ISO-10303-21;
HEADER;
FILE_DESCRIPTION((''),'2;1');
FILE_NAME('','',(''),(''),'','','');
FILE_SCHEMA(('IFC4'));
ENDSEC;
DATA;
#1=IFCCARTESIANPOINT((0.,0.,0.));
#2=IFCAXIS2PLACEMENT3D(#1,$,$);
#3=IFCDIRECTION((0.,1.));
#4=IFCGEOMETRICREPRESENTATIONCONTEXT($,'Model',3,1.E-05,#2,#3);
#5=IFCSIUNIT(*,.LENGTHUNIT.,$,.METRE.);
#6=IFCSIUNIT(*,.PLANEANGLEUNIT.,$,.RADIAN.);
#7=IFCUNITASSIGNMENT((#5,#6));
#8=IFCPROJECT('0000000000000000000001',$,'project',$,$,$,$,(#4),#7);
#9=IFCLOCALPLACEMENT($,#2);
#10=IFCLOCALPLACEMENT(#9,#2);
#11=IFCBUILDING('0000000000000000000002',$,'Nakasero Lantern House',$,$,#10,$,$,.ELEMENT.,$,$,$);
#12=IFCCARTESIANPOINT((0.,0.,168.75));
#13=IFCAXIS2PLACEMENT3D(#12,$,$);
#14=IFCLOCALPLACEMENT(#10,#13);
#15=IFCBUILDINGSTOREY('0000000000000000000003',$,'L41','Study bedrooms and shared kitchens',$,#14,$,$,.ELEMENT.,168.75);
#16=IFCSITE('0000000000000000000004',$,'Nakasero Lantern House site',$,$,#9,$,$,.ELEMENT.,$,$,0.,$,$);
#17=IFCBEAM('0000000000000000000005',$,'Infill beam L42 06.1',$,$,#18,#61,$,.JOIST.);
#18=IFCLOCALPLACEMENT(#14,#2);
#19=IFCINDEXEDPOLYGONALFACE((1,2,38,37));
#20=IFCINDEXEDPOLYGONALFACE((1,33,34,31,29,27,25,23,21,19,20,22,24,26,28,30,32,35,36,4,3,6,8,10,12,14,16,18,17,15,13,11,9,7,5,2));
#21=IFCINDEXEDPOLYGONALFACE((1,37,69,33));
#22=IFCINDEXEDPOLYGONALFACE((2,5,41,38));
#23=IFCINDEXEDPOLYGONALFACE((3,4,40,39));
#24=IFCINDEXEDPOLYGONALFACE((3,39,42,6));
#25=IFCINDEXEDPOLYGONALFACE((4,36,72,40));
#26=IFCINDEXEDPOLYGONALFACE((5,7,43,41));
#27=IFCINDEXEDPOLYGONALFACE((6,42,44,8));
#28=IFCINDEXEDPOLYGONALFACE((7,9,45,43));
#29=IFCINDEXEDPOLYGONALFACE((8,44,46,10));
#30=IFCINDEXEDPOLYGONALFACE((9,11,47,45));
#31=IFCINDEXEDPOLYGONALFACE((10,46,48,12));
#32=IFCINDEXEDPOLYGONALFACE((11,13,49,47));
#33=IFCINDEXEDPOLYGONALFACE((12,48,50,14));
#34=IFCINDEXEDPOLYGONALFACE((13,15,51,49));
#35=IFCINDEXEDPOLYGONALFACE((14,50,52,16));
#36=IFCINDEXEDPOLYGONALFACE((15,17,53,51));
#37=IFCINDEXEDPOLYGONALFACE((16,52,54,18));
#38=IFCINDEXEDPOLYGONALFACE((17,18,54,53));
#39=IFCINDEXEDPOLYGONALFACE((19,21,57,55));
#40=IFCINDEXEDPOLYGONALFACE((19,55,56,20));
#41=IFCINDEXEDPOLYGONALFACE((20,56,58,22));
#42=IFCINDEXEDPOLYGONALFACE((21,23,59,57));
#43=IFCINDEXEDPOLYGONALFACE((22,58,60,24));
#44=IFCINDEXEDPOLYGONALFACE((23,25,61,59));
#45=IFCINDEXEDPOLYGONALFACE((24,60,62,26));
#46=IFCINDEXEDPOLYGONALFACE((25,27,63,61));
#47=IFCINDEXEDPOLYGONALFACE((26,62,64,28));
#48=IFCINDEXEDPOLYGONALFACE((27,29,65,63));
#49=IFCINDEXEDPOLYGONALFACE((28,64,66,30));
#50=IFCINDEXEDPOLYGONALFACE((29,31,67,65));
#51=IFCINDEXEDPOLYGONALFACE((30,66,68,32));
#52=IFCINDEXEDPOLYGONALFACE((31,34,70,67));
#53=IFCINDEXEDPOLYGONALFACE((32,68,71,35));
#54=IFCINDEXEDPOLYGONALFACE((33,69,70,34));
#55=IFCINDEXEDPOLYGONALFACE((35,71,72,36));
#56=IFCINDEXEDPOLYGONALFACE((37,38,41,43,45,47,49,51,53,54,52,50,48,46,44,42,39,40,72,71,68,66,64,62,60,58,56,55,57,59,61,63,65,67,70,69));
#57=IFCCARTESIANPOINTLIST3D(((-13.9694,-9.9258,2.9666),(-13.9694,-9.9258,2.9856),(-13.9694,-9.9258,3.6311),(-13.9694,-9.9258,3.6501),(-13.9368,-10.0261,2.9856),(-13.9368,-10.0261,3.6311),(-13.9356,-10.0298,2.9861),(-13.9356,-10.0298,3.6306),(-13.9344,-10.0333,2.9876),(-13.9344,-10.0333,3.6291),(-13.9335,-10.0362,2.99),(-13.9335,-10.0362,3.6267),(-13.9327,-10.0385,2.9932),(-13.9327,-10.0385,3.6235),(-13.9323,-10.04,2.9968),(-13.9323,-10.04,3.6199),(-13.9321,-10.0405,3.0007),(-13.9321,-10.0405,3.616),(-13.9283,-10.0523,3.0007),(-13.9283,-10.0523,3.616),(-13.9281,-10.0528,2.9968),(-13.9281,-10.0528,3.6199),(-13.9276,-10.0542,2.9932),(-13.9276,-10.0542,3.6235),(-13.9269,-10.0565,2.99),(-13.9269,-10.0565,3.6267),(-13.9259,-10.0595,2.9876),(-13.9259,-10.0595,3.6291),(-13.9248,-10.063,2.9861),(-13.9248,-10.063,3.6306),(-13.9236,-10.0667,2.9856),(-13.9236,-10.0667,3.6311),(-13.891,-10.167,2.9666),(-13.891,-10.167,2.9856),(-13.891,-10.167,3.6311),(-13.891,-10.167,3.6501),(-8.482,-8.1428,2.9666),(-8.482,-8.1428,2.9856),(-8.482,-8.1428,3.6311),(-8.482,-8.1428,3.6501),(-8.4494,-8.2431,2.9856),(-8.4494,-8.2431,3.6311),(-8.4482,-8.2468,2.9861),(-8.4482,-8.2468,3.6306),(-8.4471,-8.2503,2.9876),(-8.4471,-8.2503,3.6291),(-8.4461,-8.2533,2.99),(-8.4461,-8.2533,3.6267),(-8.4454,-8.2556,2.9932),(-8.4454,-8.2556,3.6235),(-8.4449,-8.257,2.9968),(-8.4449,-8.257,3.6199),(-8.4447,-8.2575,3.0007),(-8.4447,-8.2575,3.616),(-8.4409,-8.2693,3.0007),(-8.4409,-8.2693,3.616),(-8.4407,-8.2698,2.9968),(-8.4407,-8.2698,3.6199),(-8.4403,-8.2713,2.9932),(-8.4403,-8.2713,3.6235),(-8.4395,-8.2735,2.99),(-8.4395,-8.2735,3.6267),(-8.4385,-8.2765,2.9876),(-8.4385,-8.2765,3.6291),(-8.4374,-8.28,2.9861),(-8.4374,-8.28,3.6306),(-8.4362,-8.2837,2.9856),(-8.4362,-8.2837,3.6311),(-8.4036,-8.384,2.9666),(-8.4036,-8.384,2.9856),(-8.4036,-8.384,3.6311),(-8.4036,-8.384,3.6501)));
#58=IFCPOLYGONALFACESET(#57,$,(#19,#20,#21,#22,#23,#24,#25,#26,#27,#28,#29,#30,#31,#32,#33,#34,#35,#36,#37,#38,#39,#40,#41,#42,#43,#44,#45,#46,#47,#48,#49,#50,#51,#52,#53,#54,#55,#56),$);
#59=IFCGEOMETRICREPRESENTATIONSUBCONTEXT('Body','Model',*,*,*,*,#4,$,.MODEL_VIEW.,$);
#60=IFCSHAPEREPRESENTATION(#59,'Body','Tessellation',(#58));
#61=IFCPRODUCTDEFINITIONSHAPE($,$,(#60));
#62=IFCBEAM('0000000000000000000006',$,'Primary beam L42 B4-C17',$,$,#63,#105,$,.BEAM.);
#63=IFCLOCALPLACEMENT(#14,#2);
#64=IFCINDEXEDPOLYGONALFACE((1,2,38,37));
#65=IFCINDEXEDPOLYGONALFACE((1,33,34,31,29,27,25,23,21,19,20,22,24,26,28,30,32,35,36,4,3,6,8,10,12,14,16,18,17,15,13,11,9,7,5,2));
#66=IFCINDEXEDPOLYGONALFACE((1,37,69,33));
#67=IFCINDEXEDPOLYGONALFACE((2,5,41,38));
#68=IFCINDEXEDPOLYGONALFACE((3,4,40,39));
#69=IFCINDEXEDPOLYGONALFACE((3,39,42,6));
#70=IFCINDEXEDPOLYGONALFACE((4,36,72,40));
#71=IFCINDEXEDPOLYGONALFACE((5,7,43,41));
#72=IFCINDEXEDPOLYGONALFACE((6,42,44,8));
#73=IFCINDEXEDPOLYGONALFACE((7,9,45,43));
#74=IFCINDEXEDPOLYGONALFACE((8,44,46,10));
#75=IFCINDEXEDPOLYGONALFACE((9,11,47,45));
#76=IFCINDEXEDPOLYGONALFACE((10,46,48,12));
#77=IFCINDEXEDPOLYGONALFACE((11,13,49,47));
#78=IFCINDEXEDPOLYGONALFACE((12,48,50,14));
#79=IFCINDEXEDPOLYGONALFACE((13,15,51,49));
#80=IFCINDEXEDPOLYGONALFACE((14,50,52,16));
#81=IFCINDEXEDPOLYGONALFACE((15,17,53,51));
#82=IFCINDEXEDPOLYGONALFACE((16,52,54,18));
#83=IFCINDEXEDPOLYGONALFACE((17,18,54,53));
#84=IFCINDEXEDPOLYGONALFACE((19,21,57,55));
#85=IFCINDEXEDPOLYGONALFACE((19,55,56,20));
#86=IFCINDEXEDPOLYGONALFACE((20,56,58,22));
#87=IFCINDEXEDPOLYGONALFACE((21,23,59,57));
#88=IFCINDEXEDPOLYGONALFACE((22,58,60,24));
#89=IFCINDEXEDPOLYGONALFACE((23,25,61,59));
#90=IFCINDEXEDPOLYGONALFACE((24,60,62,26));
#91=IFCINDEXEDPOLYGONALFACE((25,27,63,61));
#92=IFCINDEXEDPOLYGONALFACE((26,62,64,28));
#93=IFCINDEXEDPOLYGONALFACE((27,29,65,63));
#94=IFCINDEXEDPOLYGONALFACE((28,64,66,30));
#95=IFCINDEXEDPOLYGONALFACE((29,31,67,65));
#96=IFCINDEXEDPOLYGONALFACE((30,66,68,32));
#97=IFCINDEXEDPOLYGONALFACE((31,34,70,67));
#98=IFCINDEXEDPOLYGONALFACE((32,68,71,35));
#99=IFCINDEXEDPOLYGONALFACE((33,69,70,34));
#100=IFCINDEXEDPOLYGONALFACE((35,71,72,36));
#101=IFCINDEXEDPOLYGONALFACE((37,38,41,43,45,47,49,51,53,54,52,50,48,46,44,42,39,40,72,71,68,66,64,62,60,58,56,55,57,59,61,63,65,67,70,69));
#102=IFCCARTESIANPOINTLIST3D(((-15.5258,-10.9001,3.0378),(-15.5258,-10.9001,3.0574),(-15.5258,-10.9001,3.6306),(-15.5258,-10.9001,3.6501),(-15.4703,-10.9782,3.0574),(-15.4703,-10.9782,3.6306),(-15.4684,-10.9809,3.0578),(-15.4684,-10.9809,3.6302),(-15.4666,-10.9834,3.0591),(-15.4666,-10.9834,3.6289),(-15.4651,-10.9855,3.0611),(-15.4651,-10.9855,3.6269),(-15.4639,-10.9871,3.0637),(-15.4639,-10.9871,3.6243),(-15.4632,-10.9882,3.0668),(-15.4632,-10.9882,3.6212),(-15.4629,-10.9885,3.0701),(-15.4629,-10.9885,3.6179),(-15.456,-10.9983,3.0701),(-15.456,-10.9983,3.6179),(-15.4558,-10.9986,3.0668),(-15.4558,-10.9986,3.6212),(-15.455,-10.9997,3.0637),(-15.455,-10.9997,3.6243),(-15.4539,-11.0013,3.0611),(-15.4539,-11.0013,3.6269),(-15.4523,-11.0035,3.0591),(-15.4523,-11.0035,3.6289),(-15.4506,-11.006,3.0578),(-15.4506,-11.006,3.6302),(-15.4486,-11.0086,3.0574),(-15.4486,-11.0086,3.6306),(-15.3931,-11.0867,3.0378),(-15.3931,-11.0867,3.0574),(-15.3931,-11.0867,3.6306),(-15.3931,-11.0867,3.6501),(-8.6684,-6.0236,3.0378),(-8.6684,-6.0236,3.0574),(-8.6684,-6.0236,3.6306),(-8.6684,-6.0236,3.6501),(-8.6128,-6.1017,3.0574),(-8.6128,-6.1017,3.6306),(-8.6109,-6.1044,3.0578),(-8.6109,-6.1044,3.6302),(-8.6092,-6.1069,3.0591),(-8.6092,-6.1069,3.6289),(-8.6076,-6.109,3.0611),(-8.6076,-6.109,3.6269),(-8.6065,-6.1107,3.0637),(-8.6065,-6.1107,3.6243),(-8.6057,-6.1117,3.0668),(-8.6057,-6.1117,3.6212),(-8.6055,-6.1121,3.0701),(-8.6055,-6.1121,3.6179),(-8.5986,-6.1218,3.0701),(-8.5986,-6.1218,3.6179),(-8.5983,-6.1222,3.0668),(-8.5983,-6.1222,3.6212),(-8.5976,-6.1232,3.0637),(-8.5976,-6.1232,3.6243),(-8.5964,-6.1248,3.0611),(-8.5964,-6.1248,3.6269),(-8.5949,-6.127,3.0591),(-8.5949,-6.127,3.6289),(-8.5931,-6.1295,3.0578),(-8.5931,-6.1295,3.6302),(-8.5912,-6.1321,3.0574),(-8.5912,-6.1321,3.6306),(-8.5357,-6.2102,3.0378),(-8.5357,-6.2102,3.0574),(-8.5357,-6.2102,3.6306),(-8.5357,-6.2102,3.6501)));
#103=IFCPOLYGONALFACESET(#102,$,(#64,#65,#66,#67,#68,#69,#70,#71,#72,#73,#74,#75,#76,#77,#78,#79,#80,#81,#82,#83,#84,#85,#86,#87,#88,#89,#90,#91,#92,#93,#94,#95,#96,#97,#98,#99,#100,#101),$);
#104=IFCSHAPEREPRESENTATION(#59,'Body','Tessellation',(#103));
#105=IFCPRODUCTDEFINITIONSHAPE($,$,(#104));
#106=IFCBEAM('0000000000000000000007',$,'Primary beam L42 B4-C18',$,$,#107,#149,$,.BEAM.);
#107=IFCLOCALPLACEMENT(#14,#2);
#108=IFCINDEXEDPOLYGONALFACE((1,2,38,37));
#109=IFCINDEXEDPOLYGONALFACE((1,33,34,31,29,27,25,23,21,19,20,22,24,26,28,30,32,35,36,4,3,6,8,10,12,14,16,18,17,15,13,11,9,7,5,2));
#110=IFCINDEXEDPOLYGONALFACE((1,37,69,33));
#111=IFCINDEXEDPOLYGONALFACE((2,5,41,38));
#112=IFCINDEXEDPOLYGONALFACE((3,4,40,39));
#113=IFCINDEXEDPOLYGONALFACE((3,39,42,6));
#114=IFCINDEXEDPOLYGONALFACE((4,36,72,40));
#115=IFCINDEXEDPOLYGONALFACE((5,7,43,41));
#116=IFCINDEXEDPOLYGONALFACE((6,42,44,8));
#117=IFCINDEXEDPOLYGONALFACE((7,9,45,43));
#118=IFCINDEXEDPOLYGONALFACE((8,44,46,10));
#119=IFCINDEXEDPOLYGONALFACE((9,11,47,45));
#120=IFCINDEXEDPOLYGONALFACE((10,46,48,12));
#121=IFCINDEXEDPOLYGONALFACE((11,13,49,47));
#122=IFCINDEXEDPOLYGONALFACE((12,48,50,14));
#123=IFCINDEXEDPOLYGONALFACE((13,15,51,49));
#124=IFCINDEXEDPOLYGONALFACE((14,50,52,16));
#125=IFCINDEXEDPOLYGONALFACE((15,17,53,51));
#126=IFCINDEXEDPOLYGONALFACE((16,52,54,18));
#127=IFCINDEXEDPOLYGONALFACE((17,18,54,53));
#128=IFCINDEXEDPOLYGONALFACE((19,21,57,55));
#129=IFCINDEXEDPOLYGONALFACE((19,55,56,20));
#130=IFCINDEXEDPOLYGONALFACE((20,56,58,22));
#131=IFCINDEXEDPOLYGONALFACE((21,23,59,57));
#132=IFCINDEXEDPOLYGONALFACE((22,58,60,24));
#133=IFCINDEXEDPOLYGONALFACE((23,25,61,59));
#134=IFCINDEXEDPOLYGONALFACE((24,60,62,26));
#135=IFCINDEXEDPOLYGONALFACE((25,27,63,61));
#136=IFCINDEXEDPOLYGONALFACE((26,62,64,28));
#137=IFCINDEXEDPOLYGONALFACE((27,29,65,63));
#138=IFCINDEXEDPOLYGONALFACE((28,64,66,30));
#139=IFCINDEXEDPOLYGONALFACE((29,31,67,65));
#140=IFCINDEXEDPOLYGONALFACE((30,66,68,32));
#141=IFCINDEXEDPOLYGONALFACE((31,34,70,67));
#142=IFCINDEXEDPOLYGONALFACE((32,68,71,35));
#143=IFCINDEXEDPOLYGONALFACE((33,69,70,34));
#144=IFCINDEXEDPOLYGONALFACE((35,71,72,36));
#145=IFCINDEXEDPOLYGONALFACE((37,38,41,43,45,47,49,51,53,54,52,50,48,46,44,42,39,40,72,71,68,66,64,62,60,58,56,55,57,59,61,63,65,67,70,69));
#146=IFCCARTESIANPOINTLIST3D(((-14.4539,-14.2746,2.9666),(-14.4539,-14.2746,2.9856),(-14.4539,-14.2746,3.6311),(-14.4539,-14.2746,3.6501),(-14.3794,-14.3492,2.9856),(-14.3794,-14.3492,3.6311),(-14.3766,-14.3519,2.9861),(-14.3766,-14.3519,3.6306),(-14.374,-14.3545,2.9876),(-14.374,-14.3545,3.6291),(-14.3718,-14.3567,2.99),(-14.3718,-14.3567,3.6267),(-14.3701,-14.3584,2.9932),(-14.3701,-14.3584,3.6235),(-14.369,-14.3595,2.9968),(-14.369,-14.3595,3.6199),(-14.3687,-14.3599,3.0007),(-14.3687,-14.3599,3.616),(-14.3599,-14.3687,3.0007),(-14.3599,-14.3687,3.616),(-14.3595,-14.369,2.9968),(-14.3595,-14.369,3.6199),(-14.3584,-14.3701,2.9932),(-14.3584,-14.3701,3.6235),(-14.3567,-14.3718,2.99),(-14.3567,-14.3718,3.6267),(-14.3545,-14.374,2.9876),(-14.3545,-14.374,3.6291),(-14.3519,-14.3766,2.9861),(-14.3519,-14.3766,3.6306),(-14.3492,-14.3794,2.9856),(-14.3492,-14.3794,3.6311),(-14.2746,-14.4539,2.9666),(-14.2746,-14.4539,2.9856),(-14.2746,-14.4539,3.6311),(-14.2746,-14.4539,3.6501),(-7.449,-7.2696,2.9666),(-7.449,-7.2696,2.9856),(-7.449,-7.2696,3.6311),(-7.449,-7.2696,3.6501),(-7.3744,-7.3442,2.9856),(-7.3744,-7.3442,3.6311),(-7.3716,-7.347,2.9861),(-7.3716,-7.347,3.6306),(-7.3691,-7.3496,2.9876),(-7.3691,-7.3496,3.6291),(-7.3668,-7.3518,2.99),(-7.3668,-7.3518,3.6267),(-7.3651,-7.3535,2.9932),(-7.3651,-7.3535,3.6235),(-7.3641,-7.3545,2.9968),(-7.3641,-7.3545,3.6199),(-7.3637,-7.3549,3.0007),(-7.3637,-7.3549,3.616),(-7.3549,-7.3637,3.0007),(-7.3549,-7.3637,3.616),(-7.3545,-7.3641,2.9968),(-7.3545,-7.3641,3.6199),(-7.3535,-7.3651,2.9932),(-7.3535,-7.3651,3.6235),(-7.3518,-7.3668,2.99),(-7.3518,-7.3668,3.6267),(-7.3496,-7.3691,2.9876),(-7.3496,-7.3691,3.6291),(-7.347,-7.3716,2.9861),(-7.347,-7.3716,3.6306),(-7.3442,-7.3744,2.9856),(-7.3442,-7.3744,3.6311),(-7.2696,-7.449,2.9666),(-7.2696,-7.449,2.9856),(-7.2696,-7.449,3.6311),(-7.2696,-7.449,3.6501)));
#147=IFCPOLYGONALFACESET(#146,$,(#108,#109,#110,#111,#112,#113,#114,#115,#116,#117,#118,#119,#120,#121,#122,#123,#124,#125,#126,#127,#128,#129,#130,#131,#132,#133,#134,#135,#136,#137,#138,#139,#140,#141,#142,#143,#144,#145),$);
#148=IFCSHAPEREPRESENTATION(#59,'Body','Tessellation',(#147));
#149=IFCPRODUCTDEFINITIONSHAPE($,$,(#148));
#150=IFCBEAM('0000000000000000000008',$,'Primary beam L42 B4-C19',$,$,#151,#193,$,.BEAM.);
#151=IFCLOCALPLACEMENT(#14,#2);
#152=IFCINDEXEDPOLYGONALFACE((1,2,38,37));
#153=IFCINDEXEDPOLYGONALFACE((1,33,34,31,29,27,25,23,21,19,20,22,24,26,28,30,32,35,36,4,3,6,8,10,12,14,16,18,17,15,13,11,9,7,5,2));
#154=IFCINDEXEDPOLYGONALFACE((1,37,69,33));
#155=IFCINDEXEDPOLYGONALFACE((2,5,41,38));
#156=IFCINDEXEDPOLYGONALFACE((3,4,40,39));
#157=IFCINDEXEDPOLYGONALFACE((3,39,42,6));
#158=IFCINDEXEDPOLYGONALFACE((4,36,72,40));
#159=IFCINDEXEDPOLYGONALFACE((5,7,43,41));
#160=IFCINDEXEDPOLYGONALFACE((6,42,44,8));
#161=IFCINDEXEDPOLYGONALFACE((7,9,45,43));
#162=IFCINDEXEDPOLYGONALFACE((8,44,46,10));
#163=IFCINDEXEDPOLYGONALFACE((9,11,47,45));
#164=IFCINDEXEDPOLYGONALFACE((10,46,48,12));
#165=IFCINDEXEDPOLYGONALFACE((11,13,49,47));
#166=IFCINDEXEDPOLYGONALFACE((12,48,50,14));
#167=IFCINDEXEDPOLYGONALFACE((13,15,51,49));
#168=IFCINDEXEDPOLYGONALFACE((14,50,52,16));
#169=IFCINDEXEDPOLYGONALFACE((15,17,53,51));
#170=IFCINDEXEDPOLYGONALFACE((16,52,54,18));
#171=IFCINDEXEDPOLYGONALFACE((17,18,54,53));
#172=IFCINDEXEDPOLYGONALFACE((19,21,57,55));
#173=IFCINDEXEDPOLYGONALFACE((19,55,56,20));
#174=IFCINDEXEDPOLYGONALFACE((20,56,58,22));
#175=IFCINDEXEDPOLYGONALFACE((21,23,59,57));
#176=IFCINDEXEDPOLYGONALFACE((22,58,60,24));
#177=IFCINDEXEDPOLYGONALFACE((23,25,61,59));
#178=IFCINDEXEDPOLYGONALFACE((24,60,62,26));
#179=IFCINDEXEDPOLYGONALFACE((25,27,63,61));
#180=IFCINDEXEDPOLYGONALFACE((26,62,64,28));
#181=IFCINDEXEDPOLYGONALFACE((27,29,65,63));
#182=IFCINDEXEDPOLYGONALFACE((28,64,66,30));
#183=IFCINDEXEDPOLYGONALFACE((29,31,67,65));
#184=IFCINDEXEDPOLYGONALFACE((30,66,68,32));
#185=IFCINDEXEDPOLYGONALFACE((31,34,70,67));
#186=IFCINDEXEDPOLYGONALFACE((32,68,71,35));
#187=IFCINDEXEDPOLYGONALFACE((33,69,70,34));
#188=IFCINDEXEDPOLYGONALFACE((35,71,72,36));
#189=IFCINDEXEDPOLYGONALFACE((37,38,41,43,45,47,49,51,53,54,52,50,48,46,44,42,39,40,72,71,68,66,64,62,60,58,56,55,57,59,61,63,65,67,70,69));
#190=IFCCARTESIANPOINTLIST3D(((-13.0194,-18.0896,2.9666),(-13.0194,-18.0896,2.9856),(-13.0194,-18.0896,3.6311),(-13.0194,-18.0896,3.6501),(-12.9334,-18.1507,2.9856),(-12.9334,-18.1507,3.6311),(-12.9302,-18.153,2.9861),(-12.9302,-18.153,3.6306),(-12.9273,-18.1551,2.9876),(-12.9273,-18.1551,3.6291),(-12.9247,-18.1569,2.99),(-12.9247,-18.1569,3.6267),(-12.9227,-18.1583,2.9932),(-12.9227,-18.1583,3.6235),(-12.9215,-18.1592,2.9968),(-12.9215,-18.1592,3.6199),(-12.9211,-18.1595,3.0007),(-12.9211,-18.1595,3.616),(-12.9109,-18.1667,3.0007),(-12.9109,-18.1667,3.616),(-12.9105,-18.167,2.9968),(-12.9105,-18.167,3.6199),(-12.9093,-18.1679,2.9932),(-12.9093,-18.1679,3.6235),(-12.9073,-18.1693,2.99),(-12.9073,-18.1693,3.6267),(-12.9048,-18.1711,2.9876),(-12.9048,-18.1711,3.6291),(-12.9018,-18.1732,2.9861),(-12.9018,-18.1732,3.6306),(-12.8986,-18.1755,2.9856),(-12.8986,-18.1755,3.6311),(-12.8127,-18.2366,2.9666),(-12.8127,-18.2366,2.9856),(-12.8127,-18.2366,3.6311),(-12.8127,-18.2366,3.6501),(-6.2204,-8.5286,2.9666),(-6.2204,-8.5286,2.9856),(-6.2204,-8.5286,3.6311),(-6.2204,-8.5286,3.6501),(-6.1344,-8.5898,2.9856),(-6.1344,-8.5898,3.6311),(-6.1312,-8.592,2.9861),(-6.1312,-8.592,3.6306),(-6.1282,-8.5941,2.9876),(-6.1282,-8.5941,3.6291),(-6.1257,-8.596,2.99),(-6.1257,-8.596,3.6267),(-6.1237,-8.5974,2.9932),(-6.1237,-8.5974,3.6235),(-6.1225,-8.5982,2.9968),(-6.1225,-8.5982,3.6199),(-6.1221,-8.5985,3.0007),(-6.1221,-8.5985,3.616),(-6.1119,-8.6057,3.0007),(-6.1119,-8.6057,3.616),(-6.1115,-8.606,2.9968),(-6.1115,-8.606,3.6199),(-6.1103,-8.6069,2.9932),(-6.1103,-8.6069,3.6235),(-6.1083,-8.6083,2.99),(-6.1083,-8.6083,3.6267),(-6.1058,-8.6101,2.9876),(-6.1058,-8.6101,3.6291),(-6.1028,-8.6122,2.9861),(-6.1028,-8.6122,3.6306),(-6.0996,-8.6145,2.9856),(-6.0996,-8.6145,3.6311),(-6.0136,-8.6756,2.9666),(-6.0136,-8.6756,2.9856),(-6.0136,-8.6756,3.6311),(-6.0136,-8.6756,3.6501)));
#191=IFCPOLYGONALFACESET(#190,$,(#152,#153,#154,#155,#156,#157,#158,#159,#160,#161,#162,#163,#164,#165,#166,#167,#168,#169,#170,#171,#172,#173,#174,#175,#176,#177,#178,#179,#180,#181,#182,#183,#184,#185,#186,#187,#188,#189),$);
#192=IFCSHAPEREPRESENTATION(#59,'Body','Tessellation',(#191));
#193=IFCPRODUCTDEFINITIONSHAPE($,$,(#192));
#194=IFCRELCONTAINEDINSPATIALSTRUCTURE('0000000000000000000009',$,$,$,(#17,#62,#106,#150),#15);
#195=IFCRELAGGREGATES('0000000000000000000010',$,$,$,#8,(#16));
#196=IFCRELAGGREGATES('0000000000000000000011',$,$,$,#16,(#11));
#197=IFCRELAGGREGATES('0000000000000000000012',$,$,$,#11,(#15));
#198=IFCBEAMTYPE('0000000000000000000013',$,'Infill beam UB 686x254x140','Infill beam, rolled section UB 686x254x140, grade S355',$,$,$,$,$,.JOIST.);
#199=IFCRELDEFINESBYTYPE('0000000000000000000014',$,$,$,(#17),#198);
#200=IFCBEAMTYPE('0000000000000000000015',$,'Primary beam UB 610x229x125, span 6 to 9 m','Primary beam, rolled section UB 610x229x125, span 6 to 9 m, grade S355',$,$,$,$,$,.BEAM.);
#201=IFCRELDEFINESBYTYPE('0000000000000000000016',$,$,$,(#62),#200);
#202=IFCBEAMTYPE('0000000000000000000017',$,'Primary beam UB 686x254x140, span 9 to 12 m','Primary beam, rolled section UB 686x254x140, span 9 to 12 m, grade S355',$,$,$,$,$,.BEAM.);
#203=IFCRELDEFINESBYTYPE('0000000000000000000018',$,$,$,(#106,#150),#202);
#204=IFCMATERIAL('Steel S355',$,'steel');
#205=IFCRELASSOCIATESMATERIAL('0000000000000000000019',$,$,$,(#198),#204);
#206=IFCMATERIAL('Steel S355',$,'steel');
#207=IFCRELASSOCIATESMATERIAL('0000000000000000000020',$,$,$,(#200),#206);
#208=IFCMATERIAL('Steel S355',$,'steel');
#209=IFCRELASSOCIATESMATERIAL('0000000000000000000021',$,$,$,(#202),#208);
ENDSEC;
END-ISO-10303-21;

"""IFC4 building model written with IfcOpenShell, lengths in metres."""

from ifc_helpers import new_model, si_unit, direction, frame, origin, origin_2d, place, context, subcontext, project, spatial, i_section, extrude, material, material_profile, profile_set, type_object, element, save


model = new_model("IFC4")

# Units and contexts
model_context = context("Model", 3, precision=1e-05, world=origin(), true_north=direction((0.0, 1.0)))
body_context = subcontext(model_context, "Body", "Model", "MODEL_VIEW")
ifc_project = project(units=[si_unit("LENGTHUNIT", "METRE"), si_unit("PLANEANGLEUNIT", "RADIAN")], contexts=[model_context])

# Site, building, storey
site_placement = place(None, origin())
site = spatial("IfcSite", under=ifc_project, at=site_placement, Name="Nakasero Lantern House site", CompositionType="ELEMENT", RefElevation=0.0)
building_placement = place(site_placement, origin())
building = spatial("IfcBuilding", under=site, at=building_placement, Name="Nakasero Lantern House", CompositionType="ELEMENT")
storey_placement = place(building_placement, frame((0.0, 0.0, 168.75)))
storey = spatial("IfcBuildingStorey", under=building, at=storey_placement, Name="L41", Description="Study bedrooms and shared kitchens", CompositionType="ELEMENT", Elevation=168.75)

# Beams
ifc_material_1 = material(Name="Steel S355", Category="steel")
ifc_material_profile_1 = material_profile(ifc_material_1, i_section(OverallWidth=0.2537, OverallDepth=0.6836, WebThickness=0.0125, FlangeThickness=0.019, FilletRadius=0.0151, at=origin_2d()), Name="UB 686x254x140")
ifc_profile_set_1 = profile_set([ifc_material_profile_1], Name="Steel S355")
beam_type_1 = type_object("IfcBeamType", Name="Infill beam UB 686x254x140", Description="Infill beam, rolled section UB 686x254x140, grade S355", PredefinedType="JOIST", material=ifc_profile_set_1)
beam_1_placement = place(storey_placement, frame((-13.9302, -10.0464, 3.3083), z_axis=(0.951055, 0.309021, 0.0), x_axis=(-0.309021, 0.951055, 0.0)))
element("IfcBeam", 1, at=beam_1_placement, inside=storey, type_object=beam_type_1, Name="Infill beam L42 06.1", PredefinedType="JOIST", context=body_context, shape_type="SweptSolid", body=[
    extrude(i_section(OverallWidth=0.2537, OverallDepth=0.6836, WebThickness=0.0125, FlangeThickness=0.019, FilletRadius=0.0151, at=origin_2d()), origin(), (0.0, 0.0, 1.0), 5.7698),
])
ifc_material_2 = material(Name="Steel S355", Category="steel")
ifc_material_profile_2 = material_profile(ifc_material_2, i_section(OverallWidth=0.229, OverallDepth=0.6123, WebThickness=0.012, FlangeThickness=0.0195, FilletRadius=0.0127, at=origin_2d()), Name="UB 610x229x125")
ifc_profile_set_2 = profile_set([ifc_material_profile_2], Name="Steel S355")
beam_type_2 = type_object("IfcBeamType", Name="Primary beam UB 610x229x125, span 6 to 9 m", Description="Primary beam, rolled section UB 610x229x125, span 6 to 9 m, grade S355", PredefinedType="BEAM", material=ifc_profile_set_2)
beam_2_placement = place(storey_placement, frame((-15.4595, -10.9934, 3.344), z_axis=(0.814951, 0.57953, 0.0), x_axis=(-0.57953, 0.814951, 0.0)))
element("IfcBeam", 2, at=beam_2_placement, inside=storey, type_object=beam_type_2, Name="Primary beam L42 B4-C17", PredefinedType="BEAM", context=body_context, shape_type="SweptSolid", body=[
    extrude(i_section(OverallWidth=0.229, OverallDepth=0.6123, WebThickness=0.012, FlangeThickness=0.0195, FilletRadius=0.0127, at=origin_2d()), origin(), (0.0, 0.0, 1.0), 8.4146),
])
ifc_material_3 = material(Name="Steel S355", Category="steel")
ifc_material_profile_3 = material_profile(ifc_material_3, i_section(OverallWidth=0.2537, OverallDepth=0.6836, WebThickness=0.0125, FlangeThickness=0.019, FilletRadius=0.0151, at=origin_2d()), Name="UB 686x254x140")
ifc_profile_set_3 = profile_set([ifc_material_profile_3], Name="Steel S355")
beam_type_3 = type_object("IfcBeamType", Name="Primary beam UB 686x254x140, span 9 to 12 m", Description="Primary beam, rolled section UB 686x254x140, span 9 to 12 m, grade S355", PredefinedType="BEAM", material=ifc_profile_set_3)
beam_3_placement = place(storey_placement, frame((-14.3643, -14.3643, 3.3083), z_axis=(0.707107, 0.707107, 0.0), x_axis=(-0.707107, 0.707107, 0.0)))
element("IfcBeam", 3, at=beam_3_placement, inside=storey, type_object=beam_type_3, Name="Primary beam L42 B4-C18", PredefinedType="BEAM", context=body_context, shape_type="SweptSolid", body=[
    extrude(i_section(OverallWidth=0.2537, OverallDepth=0.6836, WebThickness=0.0125, FlangeThickness=0.019, FilletRadius=0.0151, at=origin_2d()), origin(), (0.0, 0.0, 1.0), 9.9065),
])
beam_4_placement = place(storey_placement, frame((-12.916, -18.1631, 3.3083), z_axis=(0.57953, 0.814951, 0.0), x_axis=(-0.814951, 0.57953, 0.0)))
element("IfcBeam", 4, at=beam_4_placement, inside=storey, type_object=beam_type_3, Name="Primary beam L42 B4-C19", PredefinedType="BEAM", context=body_context, shape_type="SweptSolid", body=[
    extrude(i_section(OverallWidth=0.2537, OverallDepth=0.6836, WebThickness=0.0125, FlangeThickness=0.019, FilletRadius=0.0151, at=origin_2d()), origin(), (0.0, 0.0, 1.0), 11.7319),
])

save(model, "model.ifc")
